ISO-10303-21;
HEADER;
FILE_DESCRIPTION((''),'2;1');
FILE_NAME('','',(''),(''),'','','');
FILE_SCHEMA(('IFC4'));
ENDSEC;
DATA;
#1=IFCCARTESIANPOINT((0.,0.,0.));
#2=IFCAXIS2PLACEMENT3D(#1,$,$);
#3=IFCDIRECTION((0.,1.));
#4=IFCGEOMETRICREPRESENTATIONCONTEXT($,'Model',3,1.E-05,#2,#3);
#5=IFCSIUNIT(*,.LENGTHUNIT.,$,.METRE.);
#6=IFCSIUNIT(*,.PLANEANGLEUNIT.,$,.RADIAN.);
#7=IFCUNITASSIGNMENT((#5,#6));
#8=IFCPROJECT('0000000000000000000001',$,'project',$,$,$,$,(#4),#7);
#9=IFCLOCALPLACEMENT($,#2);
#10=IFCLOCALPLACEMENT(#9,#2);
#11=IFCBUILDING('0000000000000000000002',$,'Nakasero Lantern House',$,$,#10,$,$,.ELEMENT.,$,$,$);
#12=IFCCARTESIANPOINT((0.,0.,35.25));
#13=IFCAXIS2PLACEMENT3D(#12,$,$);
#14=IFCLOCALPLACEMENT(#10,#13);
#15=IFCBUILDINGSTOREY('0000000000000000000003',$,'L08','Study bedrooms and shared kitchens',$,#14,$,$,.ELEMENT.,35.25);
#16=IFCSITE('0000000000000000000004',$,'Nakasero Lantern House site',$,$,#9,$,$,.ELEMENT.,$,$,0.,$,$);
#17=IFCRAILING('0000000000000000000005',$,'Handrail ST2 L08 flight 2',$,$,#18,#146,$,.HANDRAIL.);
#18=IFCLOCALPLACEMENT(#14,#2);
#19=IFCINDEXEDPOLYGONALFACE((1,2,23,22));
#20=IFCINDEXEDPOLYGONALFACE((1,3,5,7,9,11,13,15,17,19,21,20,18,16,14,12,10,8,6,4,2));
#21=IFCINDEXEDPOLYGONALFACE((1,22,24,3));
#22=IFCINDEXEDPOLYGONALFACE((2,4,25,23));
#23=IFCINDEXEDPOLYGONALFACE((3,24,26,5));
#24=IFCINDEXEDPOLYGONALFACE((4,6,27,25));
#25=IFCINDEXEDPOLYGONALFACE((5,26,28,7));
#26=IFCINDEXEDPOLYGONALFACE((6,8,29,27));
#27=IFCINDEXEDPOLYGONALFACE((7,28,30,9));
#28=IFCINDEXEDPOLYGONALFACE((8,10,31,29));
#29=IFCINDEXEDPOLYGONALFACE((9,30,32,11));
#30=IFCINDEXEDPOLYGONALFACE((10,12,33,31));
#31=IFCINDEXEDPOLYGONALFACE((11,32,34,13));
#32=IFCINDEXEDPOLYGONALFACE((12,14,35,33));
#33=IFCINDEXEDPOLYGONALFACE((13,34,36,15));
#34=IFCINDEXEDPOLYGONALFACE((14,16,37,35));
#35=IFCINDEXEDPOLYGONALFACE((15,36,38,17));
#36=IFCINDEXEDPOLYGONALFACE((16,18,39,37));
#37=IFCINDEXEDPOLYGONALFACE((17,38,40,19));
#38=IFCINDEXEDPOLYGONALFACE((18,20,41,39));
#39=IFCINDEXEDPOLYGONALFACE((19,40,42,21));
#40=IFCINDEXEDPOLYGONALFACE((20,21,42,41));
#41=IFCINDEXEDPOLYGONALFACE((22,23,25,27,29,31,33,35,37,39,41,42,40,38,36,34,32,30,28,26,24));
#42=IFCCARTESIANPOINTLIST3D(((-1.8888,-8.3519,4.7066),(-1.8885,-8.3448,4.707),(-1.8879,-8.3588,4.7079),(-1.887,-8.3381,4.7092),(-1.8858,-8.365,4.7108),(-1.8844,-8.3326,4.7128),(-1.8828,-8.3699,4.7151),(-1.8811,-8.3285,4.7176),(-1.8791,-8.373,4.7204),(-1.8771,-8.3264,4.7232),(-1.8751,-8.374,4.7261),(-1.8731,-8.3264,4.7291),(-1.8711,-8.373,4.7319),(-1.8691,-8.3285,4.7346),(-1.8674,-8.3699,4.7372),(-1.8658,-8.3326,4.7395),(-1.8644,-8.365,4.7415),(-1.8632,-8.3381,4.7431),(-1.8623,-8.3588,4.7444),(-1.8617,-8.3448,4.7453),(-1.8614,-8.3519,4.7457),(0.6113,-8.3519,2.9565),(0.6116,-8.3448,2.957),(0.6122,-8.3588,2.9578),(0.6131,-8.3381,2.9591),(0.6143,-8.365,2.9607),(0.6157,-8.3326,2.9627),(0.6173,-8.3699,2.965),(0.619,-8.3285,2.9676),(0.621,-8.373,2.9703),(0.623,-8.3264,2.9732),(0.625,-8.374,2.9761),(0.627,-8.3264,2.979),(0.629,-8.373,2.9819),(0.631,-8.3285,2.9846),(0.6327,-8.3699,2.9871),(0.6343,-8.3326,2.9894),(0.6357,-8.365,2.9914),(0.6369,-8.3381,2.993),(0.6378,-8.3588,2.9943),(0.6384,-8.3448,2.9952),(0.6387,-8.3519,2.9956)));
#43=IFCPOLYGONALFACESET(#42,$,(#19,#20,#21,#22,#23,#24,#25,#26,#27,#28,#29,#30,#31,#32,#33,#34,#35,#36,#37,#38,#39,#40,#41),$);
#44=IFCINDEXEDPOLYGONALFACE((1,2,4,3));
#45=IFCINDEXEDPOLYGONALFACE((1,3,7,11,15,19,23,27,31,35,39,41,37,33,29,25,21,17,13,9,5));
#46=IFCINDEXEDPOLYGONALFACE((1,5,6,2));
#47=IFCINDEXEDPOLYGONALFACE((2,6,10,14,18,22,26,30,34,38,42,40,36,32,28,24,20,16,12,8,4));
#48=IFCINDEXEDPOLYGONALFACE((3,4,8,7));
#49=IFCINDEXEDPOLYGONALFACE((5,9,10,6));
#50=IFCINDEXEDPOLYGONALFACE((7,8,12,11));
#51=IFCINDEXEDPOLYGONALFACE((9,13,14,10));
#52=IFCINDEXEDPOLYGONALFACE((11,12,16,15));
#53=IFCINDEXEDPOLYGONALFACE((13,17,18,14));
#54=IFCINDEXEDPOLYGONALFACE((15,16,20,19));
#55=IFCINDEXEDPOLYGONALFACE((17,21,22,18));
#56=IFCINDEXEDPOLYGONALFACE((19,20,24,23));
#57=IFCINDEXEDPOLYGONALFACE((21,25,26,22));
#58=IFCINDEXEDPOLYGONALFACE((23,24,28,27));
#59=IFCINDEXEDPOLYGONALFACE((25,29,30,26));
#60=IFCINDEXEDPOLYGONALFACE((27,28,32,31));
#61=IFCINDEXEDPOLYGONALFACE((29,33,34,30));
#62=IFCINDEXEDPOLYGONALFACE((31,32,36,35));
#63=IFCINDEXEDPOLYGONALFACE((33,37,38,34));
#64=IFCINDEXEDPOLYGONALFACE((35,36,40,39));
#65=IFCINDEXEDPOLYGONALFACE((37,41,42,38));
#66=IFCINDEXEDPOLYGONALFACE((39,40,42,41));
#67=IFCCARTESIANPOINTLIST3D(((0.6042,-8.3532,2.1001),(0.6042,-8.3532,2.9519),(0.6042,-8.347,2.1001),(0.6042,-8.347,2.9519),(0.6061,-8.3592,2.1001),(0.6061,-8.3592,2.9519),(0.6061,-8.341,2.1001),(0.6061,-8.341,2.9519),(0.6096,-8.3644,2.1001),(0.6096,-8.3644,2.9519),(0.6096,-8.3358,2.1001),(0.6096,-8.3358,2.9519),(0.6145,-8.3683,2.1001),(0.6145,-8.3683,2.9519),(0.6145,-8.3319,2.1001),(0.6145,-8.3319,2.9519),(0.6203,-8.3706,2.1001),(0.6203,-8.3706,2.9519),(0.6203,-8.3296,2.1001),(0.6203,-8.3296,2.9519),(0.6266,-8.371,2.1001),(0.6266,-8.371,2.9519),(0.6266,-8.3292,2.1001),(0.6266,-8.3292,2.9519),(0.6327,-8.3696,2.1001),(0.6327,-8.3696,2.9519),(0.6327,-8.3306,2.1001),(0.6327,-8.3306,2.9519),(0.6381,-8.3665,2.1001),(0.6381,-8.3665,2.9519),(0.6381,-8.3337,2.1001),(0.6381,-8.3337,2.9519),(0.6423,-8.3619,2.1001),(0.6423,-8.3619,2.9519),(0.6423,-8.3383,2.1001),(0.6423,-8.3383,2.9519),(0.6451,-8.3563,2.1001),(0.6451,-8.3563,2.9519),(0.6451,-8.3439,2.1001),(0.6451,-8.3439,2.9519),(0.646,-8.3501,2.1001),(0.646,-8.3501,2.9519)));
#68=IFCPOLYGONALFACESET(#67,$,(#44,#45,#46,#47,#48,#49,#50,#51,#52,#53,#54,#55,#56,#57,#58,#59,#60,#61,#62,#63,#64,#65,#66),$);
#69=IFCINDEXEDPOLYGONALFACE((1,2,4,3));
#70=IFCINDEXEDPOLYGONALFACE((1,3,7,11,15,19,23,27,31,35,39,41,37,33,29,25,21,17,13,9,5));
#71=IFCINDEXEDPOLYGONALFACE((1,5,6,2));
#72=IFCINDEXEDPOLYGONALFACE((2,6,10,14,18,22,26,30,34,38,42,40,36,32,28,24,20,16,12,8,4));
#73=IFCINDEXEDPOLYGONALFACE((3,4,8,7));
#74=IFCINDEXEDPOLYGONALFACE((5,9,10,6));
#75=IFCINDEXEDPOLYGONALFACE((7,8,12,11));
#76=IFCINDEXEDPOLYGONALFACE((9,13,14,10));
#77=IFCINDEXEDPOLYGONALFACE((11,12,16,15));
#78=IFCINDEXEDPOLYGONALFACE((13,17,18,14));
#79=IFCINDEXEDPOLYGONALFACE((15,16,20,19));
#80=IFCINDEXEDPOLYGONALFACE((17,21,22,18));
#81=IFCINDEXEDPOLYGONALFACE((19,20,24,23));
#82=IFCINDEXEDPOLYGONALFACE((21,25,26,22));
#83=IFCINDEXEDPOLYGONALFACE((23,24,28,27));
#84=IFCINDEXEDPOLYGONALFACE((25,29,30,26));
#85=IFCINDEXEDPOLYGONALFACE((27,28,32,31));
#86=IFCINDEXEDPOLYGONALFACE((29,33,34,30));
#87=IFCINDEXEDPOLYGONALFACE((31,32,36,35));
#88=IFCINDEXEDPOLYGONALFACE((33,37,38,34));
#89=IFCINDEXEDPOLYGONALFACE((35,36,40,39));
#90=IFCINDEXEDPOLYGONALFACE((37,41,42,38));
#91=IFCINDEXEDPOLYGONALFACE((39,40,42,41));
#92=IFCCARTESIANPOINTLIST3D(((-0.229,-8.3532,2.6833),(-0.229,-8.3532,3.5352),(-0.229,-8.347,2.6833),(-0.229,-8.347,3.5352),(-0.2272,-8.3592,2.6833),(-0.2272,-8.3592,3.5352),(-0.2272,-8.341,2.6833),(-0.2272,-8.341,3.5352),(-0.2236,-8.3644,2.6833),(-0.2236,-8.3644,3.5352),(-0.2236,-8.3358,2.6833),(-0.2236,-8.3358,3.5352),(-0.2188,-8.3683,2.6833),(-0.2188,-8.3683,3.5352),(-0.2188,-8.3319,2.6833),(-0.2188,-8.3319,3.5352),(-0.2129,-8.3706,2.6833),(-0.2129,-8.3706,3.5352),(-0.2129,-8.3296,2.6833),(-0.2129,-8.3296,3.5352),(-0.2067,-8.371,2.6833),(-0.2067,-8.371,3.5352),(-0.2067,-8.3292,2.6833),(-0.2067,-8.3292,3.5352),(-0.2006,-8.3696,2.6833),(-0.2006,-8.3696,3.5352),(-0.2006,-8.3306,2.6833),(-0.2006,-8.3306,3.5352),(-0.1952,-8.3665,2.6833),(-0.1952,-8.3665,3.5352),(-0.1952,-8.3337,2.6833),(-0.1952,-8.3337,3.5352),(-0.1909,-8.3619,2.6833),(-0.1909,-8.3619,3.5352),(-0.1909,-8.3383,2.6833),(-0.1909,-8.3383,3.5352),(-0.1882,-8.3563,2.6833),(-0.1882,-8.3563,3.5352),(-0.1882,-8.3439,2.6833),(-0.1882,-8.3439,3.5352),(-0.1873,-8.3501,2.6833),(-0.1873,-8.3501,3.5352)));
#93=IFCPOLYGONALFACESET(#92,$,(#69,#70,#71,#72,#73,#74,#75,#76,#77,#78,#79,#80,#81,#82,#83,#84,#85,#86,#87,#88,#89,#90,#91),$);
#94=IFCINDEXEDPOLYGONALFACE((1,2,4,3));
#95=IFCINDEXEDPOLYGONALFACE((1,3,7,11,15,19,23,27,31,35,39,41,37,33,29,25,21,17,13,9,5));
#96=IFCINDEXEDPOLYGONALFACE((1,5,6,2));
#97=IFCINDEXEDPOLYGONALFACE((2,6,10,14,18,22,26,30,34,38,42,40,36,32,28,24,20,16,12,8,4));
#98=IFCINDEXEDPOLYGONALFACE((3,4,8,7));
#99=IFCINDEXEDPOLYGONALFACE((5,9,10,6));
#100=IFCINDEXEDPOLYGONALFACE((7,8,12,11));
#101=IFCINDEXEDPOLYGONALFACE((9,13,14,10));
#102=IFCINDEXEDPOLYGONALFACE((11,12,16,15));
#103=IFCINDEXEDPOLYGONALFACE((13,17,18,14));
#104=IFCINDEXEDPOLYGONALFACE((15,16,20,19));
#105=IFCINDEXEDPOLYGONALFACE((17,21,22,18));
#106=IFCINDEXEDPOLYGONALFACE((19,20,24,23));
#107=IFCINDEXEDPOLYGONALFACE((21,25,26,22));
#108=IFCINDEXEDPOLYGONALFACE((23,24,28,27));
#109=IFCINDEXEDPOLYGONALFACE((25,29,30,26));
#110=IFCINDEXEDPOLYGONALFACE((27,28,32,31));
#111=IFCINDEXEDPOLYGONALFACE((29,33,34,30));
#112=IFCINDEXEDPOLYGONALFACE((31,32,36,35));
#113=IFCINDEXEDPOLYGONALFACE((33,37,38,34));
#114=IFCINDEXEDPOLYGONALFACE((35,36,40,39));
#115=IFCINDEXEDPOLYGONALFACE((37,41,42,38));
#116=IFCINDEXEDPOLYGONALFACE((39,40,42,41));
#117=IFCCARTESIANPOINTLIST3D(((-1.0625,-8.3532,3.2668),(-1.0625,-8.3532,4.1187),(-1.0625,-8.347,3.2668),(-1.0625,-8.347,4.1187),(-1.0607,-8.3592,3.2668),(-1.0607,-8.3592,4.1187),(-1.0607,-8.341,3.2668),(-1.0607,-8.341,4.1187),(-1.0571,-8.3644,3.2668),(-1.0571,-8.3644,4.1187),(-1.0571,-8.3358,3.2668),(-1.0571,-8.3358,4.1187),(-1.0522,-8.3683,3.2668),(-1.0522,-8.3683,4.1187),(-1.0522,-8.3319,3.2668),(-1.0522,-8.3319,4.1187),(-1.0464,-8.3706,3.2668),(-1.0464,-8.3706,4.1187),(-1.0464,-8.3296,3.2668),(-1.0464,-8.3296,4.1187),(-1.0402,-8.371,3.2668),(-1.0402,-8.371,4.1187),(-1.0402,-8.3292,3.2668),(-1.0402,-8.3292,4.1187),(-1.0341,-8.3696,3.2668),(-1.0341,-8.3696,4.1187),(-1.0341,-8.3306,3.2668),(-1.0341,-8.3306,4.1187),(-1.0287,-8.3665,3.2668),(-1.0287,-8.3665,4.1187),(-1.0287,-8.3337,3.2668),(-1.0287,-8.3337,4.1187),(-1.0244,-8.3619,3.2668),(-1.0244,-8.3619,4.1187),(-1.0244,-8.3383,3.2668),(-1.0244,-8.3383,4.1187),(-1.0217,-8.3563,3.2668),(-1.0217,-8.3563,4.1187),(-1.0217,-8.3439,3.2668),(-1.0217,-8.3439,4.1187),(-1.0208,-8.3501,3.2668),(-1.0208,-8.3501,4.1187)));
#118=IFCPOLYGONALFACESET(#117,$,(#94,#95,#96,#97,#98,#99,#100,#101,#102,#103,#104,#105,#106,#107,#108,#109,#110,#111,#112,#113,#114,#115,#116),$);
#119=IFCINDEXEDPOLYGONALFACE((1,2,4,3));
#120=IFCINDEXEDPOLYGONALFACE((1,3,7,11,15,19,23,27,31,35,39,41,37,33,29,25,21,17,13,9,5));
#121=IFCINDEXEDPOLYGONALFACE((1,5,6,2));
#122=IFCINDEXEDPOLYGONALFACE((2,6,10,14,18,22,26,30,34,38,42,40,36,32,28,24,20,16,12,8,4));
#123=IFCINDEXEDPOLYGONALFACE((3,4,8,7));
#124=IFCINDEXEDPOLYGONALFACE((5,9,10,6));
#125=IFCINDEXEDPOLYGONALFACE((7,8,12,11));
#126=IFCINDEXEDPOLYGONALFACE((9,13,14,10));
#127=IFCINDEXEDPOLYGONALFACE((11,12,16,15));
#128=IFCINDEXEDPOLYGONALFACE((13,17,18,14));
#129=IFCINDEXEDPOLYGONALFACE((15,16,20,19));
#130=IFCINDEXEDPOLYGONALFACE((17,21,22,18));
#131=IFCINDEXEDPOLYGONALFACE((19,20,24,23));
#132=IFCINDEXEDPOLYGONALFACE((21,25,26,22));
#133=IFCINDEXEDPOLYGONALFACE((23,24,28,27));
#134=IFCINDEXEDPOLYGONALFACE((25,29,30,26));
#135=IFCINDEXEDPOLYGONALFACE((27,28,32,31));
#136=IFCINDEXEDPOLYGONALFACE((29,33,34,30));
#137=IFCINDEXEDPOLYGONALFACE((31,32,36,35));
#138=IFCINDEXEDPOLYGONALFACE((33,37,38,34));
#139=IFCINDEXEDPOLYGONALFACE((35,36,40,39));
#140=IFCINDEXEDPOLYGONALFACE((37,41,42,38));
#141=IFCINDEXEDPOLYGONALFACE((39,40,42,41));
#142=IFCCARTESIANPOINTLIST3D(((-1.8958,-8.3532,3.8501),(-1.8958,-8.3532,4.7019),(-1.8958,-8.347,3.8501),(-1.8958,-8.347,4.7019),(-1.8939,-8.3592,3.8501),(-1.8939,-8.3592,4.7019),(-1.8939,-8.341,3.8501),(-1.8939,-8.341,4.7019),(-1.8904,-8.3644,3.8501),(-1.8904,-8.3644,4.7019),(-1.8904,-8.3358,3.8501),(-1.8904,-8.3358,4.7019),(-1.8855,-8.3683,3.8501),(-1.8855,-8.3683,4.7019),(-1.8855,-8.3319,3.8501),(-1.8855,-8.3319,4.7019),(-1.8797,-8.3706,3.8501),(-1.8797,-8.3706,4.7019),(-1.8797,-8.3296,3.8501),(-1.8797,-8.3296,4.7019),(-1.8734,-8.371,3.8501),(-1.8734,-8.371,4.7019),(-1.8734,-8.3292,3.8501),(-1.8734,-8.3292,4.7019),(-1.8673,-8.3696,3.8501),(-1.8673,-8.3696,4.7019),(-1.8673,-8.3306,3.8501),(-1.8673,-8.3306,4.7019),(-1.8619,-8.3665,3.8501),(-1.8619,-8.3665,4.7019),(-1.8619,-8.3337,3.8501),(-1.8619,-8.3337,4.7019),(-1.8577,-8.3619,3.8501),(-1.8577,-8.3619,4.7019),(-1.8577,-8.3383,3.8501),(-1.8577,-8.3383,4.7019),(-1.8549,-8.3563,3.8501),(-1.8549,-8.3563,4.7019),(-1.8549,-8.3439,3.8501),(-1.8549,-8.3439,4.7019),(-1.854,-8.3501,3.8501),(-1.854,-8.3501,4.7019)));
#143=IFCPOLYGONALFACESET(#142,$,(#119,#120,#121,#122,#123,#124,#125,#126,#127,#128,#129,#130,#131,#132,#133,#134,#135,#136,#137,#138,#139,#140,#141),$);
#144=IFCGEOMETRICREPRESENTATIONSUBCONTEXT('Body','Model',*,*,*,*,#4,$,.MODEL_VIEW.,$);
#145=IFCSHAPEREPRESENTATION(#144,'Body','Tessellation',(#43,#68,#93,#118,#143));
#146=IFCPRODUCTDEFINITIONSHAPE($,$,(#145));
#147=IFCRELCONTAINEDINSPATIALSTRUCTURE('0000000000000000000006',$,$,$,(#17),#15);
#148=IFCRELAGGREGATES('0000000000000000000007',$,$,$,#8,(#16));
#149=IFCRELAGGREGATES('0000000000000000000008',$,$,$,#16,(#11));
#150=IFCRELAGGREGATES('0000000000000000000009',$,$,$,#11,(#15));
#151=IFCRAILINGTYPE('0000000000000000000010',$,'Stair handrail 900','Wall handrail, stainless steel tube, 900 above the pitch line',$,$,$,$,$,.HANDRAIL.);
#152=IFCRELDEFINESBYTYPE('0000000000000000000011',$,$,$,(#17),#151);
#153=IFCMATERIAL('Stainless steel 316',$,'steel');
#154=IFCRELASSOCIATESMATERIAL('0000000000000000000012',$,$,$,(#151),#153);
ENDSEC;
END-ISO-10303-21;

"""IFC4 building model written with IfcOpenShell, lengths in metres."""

from ifc_helpers import new_model, si_unit, direction, frame, origin, origin_2d, place, context, subcontext, project, spatial, circle, extrude, material, type_object, element, save


model = new_model("IFC4")

# Units and contexts
model_context = context("Model", 3, precision=1e-05, world=origin(), true_north=direction((0.0, 1.0)))
body_context = subcontext(model_context, "Body", "Model", "MODEL_VIEW")
ifc_project = project(units=[si_unit("LENGTHUNIT", "METRE"), si_unit("PLANEANGLEUNIT", "RADIAN")], contexts=[model_context])

# Site, building, storey
site_placement = place(None, origin())
site = spatial("IfcSite", under=ifc_project, at=site_placement, Name="Nakasero Lantern House site", CompositionType="ELEMENT", RefElevation=0.0)
building_placement = place(site_placement, origin())
building = spatial("IfcBuilding", under=site, at=building_placement, Name="Nakasero Lantern House", CompositionType="ELEMENT")
storey_placement = place(building_placement, frame((0.0, 0.0, 35.25)))
storey = spatial("IfcBuildingStorey", under=building, at=storey_placement, Name="L08", Description="Study bedrooms and shared kitchens", CompositionType="ELEMENT", Elevation=35.25)

# Railing
ifc_material_1 = material(Name="Stainless steel 316", Category="steel")
railing_type = type_object("IfcRailingType", Name="Stair handrail 900", Description="Wall handrail, stainless steel tube, 900 above the pitch line", PredefinedType="HANDRAIL", material=ifc_material_1)
railing_placement = place(storey_placement, frame((0.625, -8.3501, 2.1001)))
element("IfcRailing", 1, at=railing_placement, inside=storey, type_object=railing_type, Name="Handrail ST2 L08 flight 2", PredefinedType="HANDRAIL", context=body_context, shape_type="SweptSolid", body=[
    extrude(circle(Radius=0.0239, at=origin_2d()), frame((0.0, 0.0, 0.876), z_axis=(-0.819232, 0.0, 0.573462), x_axis=(0.0, -1.0, 0.0)), (0.0, 0.0, 1.0), 3.0518),
    extrude(circle(Radius=0.021, at=origin_2d()), origin(), (0.0, 0.0, 1.0), 0.8518),
    extrude(circle(Radius=0.021, at=origin_2d()), frame((-0.8333, 0.0, 0.5833)), (0.0, 0.0, 1.0), 0.8518),
    extrude(circle(Radius=0.021, at=origin_2d()), frame((-1.6667, 0.0, 1.1667)), (0.0, 0.0, 1.0), 0.8518),
    extrude(circle(Radius=0.021, at=origin_2d()), frame((-2.5, 0.0, 1.75)), (0.0, 0.0, 1.0), 0.8518),
])

save(model, "model.ifc")
